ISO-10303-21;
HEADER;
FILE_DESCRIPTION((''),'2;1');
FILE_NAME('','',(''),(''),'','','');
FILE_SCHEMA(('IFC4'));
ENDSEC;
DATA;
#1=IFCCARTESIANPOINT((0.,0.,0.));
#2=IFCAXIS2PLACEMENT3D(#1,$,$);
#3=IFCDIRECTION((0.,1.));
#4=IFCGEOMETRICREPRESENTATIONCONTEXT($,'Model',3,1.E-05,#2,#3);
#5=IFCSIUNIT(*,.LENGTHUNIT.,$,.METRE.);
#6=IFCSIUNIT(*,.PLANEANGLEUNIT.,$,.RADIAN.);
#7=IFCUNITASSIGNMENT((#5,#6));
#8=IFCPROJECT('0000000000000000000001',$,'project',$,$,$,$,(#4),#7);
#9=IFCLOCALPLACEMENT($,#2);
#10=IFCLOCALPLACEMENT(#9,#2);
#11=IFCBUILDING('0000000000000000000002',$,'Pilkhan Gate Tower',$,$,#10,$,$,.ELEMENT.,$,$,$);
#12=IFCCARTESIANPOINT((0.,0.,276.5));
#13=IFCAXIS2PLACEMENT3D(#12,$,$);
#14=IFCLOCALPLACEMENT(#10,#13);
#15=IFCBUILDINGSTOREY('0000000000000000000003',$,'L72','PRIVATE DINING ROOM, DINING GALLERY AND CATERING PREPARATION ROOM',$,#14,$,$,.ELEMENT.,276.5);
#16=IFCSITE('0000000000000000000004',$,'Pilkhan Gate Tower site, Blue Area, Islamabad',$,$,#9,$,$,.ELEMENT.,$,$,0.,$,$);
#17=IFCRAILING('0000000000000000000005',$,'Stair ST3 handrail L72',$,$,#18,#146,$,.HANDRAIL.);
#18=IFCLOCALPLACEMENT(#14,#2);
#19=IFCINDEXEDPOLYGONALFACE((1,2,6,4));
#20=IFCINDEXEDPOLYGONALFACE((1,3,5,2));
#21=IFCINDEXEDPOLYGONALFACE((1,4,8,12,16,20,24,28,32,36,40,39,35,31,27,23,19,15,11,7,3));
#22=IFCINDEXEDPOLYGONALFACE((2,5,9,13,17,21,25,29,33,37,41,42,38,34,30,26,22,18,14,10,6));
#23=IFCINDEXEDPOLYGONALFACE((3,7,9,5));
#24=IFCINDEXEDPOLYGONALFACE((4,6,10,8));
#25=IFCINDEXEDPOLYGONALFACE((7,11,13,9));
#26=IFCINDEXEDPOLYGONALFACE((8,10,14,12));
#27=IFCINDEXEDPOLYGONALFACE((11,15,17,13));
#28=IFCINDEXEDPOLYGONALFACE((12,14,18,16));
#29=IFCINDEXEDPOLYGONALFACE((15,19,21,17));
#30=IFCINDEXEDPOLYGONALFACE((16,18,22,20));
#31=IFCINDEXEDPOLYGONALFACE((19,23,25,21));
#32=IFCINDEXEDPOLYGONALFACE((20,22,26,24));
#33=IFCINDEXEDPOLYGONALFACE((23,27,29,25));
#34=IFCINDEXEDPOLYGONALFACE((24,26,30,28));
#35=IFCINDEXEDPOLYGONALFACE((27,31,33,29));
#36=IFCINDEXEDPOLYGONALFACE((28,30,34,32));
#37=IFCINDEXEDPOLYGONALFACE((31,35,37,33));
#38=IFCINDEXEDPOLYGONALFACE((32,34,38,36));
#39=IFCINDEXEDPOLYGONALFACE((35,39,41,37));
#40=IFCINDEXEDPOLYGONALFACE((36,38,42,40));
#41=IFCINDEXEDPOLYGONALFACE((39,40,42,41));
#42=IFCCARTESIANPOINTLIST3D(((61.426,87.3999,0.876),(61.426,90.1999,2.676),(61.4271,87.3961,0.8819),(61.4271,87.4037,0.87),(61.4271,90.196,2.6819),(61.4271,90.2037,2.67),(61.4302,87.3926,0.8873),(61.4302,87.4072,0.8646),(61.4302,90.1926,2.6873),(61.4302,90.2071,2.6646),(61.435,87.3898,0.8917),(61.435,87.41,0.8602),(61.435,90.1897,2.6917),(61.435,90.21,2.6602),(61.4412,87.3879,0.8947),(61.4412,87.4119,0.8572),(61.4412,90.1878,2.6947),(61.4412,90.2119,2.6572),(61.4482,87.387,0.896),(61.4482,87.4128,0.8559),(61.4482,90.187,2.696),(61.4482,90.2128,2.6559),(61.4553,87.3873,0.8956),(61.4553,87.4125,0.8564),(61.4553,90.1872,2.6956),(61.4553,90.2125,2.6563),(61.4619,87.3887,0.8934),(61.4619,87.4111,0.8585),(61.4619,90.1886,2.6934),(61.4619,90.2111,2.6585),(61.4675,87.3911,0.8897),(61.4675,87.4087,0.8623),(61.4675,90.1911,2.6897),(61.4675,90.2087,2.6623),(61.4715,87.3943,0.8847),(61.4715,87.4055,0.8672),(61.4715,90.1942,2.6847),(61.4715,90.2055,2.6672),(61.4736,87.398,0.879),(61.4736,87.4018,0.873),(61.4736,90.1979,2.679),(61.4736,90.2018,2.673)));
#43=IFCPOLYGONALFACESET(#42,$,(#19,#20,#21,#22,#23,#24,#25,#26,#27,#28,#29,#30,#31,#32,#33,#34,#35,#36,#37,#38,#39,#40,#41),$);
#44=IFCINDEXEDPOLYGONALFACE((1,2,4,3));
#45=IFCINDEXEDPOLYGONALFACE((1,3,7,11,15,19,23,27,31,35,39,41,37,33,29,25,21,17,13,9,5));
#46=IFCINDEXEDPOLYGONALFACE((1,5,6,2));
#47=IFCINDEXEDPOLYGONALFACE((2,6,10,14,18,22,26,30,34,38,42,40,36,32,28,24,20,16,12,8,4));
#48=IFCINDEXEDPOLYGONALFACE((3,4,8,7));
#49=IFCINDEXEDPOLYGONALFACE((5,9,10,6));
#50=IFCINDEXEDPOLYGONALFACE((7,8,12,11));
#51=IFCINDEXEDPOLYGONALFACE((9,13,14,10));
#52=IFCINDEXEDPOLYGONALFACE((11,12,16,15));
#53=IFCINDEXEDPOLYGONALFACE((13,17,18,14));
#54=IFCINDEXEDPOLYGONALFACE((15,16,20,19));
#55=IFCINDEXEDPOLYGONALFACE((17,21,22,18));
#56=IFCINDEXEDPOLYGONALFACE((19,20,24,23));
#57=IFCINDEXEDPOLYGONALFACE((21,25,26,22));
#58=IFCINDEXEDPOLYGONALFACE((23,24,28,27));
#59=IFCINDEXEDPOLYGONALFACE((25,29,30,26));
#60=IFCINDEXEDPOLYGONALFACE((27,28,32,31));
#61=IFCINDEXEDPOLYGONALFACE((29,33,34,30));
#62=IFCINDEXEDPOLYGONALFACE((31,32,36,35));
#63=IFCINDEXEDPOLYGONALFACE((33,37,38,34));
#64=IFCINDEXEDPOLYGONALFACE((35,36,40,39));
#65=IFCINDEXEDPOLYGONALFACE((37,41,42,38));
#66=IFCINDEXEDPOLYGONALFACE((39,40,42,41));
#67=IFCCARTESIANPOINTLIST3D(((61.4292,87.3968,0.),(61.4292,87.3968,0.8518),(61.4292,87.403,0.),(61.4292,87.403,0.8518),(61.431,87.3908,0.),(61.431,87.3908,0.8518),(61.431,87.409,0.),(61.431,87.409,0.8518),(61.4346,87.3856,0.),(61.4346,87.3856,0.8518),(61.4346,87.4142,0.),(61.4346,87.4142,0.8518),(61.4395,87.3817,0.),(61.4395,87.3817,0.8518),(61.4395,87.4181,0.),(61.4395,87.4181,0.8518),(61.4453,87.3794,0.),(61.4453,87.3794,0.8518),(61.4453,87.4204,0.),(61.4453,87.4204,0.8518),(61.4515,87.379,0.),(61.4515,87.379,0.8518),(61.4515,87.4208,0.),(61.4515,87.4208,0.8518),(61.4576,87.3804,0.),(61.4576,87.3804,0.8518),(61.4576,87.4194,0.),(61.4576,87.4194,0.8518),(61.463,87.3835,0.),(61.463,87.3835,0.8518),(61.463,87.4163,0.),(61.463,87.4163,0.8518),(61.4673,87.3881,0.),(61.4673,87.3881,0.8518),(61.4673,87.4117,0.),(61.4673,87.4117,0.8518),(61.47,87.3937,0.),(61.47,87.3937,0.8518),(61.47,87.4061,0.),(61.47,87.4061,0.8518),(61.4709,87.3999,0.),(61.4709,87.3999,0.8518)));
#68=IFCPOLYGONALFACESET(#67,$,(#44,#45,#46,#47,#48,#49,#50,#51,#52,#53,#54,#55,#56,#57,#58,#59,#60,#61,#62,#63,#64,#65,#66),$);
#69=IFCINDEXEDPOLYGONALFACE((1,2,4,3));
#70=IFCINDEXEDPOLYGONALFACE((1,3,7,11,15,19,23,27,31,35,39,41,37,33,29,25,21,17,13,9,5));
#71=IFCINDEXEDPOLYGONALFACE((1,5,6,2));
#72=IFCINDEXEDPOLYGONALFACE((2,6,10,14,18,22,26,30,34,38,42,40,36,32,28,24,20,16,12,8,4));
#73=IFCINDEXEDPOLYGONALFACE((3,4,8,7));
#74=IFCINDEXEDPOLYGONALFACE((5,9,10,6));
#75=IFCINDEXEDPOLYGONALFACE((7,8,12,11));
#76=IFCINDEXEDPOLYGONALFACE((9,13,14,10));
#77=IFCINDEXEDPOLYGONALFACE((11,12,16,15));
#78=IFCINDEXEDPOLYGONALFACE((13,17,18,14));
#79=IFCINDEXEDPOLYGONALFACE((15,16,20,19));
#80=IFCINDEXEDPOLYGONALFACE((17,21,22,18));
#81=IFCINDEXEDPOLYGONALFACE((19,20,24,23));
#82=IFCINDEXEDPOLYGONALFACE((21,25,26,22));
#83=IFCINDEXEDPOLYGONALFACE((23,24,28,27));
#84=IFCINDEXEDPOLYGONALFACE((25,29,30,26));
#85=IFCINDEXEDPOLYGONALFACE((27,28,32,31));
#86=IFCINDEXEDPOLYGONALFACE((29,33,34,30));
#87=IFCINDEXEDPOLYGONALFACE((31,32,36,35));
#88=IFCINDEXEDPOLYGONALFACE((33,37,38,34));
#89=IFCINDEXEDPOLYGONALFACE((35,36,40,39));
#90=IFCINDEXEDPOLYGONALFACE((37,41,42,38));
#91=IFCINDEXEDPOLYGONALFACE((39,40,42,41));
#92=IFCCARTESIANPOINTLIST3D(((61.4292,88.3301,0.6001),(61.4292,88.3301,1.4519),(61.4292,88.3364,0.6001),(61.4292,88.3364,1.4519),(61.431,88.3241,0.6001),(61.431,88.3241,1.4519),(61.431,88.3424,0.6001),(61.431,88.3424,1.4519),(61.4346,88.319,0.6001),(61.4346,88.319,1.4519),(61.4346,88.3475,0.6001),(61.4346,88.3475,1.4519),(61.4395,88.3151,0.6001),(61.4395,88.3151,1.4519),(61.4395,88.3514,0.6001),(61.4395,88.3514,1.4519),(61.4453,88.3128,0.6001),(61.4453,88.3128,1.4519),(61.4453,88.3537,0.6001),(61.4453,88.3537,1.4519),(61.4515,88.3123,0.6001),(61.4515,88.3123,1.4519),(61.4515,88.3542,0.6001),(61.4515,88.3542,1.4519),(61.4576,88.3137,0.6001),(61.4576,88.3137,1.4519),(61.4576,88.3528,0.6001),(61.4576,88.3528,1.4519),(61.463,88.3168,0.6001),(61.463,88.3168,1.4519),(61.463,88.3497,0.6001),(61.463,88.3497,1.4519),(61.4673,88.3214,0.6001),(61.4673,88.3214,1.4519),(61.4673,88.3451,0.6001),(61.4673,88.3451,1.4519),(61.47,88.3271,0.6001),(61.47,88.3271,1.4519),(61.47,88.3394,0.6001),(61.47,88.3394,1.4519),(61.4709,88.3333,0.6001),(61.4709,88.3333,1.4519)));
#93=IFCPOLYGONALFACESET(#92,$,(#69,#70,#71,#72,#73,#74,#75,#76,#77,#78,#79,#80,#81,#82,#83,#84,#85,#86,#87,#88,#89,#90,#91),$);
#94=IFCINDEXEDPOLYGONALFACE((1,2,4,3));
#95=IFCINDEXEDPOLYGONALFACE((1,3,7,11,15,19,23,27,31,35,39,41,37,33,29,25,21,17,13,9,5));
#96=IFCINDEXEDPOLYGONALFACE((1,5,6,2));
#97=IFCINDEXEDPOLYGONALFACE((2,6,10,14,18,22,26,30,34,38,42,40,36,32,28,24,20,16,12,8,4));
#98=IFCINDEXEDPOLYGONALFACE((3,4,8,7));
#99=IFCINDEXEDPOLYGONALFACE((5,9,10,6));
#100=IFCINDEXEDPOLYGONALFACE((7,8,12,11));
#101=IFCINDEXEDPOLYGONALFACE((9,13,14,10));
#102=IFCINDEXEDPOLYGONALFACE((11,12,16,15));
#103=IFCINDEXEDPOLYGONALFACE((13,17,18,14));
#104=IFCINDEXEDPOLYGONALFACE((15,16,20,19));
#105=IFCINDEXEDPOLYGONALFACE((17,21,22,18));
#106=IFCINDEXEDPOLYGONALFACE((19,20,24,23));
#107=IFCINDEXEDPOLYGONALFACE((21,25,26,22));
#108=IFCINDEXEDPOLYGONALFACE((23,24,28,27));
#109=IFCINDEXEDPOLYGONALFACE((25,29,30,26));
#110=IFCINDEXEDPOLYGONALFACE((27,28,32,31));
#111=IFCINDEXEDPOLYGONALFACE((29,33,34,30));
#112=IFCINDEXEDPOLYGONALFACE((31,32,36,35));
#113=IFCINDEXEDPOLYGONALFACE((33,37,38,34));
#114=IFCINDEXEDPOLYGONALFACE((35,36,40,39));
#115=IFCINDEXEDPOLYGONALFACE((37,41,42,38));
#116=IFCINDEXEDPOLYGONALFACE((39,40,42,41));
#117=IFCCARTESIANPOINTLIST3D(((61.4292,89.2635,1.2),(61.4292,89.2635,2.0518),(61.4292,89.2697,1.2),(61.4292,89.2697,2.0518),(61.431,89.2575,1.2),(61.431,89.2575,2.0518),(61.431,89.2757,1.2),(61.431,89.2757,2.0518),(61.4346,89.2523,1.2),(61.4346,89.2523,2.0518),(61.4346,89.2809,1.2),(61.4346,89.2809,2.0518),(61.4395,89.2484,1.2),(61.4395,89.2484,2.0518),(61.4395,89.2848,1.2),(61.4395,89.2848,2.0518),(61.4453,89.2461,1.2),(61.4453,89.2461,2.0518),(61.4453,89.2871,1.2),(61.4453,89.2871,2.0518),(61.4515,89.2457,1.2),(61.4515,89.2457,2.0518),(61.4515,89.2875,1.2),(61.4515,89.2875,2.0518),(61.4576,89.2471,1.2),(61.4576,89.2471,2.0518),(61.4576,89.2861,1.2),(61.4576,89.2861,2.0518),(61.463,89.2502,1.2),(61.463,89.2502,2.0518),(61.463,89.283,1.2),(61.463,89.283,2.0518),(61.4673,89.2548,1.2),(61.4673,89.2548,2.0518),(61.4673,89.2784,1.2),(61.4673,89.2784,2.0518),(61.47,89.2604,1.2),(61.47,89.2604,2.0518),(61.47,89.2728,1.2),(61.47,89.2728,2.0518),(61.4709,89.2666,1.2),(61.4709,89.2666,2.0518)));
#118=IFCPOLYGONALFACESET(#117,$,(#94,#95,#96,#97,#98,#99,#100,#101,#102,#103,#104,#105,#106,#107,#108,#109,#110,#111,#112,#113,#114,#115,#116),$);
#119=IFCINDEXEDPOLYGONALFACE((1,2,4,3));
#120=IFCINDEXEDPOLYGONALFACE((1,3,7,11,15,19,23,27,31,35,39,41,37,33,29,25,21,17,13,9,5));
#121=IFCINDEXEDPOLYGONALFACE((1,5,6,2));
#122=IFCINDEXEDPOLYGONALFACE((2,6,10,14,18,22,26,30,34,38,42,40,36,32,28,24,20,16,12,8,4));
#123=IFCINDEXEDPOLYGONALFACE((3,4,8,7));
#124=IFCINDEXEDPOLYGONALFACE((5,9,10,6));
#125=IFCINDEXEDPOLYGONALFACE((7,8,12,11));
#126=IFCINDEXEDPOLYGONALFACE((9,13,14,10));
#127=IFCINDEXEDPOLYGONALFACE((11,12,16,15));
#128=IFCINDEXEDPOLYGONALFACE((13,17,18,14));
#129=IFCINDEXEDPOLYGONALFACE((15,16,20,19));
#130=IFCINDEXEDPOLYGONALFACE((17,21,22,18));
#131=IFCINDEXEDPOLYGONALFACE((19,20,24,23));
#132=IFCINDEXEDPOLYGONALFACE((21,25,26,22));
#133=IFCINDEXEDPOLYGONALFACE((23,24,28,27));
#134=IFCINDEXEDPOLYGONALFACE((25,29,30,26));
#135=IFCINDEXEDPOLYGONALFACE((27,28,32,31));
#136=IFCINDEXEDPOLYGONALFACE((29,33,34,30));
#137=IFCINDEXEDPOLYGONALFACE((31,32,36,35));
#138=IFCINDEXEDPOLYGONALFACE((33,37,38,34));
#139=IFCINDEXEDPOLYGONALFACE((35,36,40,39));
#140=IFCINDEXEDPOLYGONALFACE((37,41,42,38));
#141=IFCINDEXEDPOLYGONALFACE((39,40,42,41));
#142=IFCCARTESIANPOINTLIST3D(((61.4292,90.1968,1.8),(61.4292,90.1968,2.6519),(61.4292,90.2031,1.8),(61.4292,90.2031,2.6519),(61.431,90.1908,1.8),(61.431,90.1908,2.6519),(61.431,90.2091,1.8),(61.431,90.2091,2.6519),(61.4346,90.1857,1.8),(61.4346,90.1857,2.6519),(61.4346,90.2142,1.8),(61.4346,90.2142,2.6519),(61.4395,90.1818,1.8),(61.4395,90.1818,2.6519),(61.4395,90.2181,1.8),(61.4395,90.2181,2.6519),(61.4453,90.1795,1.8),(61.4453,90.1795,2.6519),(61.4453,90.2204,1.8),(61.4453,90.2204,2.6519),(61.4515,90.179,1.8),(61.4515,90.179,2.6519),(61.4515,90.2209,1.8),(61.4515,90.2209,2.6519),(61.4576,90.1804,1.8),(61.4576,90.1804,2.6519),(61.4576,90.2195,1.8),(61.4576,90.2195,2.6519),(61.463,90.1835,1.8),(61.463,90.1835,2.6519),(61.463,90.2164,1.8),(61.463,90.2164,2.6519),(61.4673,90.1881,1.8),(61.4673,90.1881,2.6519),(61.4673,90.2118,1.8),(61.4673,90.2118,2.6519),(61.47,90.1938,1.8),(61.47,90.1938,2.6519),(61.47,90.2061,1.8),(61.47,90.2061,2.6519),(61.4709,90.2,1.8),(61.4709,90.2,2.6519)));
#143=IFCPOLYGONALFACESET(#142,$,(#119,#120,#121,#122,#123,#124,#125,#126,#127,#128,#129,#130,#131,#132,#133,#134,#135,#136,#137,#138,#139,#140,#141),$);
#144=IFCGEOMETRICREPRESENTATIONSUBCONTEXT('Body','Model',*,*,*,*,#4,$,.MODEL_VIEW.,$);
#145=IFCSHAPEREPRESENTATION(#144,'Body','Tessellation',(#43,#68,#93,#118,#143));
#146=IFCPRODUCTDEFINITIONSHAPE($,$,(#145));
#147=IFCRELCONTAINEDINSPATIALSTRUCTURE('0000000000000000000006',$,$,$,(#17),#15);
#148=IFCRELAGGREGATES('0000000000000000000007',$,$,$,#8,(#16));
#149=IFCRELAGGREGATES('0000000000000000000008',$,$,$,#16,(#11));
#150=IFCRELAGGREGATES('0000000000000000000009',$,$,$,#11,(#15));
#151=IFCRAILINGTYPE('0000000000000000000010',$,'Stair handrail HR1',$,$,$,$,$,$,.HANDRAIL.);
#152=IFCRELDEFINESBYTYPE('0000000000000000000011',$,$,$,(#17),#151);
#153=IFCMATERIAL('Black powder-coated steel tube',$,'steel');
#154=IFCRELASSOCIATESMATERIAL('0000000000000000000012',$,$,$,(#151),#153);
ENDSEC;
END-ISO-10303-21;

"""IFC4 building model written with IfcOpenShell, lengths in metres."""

from ifc_helpers import new_model, si_unit, direction, frame, origin, origin_2d, place, context, subcontext, project, spatial, circle, extrude, material, type_object, element, save


model = new_model("IFC4")

# Units and contexts
model_context = context("Model", 3, precision=1e-05, world=origin(), true_north=direction((0.0, 1.0)))
body_context = subcontext(model_context, "Body", "Model", "MODEL_VIEW")
ifc_project = project(units=[si_unit("LENGTHUNIT", "METRE"), si_unit("PLANEANGLEUNIT", "RADIAN")], contexts=[model_context])

# Site, building, storey
site_placement = place(None, origin())
site = spatial("IfcSite", under=ifc_project, at=site_placement, Name="Pilkhan Gate Tower site, Blue Area, Islamabad", CompositionType="ELEMENT", RefElevation=0.0)
building_placement = place(site_placement, origin())
building = spatial("IfcBuilding", under=site, at=building_placement, Name="Pilkhan Gate Tower", CompositionType="ELEMENT")
storey_placement = place(building_placement, frame((0.0, 0.0, 276.5)))
storey = spatial("IfcBuildingStorey", under=building, at=storey_placement, Name="L72", Description="PRIVATE DINING ROOM, DINING GALLERY AND CATERING PREPARATION ROOM", CompositionType="ELEMENT", Elevation=276.5)

# Railing
ifc_material_1 = material(Name="Black powder-coated steel tube", Category="steel")
railing_type_1 = type_object("IfcRailingType", Name="Stair handrail HR1", PredefinedType="HANDRAIL", material=ifc_material_1)
railing_1_placement = place(storey_placement, frame((61.45, 87.3999, 0.0)))
element("IfcRailing", 1, at=railing_1_placement, inside=storey, type_object=railing_type_1, Name="Stair ST3 handrail L72", PredefinedType="HANDRAIL", context=body_context, shape_type="SweptSolid", body=[
    extrude(circle(Radius=0.0239, at=origin_2d()), frame((0.0, 0.0, 0.876), z_axis=(0.0, 0.841176, 0.540761), x_axis=(-1.0, 0.0, 0.0)), (0.0, 0.0, 1.0), 3.3286),
    extrude(circle(Radius=0.021, at=origin_2d()), origin(), (0.0, 0.0, 1.0), 0.8518),
    extrude(circle(Radius=0.021, at=origin_2d()), frame((0.0, 0.9333, 0.6001)), (0.0, 0.0, 1.0), 0.8518),
    extrude(circle(Radius=0.021, at=origin_2d()), frame((0.0, 1.8667, 1.2)), (0.0, 0.0, 1.0), 0.8518),
    extrude(circle(Radius=0.021, at=origin_2d()), frame((0.0, 2.8, 1.8)), (0.0, 0.0, 1.0), 0.8518),
])

save(model, "model.ifc")
